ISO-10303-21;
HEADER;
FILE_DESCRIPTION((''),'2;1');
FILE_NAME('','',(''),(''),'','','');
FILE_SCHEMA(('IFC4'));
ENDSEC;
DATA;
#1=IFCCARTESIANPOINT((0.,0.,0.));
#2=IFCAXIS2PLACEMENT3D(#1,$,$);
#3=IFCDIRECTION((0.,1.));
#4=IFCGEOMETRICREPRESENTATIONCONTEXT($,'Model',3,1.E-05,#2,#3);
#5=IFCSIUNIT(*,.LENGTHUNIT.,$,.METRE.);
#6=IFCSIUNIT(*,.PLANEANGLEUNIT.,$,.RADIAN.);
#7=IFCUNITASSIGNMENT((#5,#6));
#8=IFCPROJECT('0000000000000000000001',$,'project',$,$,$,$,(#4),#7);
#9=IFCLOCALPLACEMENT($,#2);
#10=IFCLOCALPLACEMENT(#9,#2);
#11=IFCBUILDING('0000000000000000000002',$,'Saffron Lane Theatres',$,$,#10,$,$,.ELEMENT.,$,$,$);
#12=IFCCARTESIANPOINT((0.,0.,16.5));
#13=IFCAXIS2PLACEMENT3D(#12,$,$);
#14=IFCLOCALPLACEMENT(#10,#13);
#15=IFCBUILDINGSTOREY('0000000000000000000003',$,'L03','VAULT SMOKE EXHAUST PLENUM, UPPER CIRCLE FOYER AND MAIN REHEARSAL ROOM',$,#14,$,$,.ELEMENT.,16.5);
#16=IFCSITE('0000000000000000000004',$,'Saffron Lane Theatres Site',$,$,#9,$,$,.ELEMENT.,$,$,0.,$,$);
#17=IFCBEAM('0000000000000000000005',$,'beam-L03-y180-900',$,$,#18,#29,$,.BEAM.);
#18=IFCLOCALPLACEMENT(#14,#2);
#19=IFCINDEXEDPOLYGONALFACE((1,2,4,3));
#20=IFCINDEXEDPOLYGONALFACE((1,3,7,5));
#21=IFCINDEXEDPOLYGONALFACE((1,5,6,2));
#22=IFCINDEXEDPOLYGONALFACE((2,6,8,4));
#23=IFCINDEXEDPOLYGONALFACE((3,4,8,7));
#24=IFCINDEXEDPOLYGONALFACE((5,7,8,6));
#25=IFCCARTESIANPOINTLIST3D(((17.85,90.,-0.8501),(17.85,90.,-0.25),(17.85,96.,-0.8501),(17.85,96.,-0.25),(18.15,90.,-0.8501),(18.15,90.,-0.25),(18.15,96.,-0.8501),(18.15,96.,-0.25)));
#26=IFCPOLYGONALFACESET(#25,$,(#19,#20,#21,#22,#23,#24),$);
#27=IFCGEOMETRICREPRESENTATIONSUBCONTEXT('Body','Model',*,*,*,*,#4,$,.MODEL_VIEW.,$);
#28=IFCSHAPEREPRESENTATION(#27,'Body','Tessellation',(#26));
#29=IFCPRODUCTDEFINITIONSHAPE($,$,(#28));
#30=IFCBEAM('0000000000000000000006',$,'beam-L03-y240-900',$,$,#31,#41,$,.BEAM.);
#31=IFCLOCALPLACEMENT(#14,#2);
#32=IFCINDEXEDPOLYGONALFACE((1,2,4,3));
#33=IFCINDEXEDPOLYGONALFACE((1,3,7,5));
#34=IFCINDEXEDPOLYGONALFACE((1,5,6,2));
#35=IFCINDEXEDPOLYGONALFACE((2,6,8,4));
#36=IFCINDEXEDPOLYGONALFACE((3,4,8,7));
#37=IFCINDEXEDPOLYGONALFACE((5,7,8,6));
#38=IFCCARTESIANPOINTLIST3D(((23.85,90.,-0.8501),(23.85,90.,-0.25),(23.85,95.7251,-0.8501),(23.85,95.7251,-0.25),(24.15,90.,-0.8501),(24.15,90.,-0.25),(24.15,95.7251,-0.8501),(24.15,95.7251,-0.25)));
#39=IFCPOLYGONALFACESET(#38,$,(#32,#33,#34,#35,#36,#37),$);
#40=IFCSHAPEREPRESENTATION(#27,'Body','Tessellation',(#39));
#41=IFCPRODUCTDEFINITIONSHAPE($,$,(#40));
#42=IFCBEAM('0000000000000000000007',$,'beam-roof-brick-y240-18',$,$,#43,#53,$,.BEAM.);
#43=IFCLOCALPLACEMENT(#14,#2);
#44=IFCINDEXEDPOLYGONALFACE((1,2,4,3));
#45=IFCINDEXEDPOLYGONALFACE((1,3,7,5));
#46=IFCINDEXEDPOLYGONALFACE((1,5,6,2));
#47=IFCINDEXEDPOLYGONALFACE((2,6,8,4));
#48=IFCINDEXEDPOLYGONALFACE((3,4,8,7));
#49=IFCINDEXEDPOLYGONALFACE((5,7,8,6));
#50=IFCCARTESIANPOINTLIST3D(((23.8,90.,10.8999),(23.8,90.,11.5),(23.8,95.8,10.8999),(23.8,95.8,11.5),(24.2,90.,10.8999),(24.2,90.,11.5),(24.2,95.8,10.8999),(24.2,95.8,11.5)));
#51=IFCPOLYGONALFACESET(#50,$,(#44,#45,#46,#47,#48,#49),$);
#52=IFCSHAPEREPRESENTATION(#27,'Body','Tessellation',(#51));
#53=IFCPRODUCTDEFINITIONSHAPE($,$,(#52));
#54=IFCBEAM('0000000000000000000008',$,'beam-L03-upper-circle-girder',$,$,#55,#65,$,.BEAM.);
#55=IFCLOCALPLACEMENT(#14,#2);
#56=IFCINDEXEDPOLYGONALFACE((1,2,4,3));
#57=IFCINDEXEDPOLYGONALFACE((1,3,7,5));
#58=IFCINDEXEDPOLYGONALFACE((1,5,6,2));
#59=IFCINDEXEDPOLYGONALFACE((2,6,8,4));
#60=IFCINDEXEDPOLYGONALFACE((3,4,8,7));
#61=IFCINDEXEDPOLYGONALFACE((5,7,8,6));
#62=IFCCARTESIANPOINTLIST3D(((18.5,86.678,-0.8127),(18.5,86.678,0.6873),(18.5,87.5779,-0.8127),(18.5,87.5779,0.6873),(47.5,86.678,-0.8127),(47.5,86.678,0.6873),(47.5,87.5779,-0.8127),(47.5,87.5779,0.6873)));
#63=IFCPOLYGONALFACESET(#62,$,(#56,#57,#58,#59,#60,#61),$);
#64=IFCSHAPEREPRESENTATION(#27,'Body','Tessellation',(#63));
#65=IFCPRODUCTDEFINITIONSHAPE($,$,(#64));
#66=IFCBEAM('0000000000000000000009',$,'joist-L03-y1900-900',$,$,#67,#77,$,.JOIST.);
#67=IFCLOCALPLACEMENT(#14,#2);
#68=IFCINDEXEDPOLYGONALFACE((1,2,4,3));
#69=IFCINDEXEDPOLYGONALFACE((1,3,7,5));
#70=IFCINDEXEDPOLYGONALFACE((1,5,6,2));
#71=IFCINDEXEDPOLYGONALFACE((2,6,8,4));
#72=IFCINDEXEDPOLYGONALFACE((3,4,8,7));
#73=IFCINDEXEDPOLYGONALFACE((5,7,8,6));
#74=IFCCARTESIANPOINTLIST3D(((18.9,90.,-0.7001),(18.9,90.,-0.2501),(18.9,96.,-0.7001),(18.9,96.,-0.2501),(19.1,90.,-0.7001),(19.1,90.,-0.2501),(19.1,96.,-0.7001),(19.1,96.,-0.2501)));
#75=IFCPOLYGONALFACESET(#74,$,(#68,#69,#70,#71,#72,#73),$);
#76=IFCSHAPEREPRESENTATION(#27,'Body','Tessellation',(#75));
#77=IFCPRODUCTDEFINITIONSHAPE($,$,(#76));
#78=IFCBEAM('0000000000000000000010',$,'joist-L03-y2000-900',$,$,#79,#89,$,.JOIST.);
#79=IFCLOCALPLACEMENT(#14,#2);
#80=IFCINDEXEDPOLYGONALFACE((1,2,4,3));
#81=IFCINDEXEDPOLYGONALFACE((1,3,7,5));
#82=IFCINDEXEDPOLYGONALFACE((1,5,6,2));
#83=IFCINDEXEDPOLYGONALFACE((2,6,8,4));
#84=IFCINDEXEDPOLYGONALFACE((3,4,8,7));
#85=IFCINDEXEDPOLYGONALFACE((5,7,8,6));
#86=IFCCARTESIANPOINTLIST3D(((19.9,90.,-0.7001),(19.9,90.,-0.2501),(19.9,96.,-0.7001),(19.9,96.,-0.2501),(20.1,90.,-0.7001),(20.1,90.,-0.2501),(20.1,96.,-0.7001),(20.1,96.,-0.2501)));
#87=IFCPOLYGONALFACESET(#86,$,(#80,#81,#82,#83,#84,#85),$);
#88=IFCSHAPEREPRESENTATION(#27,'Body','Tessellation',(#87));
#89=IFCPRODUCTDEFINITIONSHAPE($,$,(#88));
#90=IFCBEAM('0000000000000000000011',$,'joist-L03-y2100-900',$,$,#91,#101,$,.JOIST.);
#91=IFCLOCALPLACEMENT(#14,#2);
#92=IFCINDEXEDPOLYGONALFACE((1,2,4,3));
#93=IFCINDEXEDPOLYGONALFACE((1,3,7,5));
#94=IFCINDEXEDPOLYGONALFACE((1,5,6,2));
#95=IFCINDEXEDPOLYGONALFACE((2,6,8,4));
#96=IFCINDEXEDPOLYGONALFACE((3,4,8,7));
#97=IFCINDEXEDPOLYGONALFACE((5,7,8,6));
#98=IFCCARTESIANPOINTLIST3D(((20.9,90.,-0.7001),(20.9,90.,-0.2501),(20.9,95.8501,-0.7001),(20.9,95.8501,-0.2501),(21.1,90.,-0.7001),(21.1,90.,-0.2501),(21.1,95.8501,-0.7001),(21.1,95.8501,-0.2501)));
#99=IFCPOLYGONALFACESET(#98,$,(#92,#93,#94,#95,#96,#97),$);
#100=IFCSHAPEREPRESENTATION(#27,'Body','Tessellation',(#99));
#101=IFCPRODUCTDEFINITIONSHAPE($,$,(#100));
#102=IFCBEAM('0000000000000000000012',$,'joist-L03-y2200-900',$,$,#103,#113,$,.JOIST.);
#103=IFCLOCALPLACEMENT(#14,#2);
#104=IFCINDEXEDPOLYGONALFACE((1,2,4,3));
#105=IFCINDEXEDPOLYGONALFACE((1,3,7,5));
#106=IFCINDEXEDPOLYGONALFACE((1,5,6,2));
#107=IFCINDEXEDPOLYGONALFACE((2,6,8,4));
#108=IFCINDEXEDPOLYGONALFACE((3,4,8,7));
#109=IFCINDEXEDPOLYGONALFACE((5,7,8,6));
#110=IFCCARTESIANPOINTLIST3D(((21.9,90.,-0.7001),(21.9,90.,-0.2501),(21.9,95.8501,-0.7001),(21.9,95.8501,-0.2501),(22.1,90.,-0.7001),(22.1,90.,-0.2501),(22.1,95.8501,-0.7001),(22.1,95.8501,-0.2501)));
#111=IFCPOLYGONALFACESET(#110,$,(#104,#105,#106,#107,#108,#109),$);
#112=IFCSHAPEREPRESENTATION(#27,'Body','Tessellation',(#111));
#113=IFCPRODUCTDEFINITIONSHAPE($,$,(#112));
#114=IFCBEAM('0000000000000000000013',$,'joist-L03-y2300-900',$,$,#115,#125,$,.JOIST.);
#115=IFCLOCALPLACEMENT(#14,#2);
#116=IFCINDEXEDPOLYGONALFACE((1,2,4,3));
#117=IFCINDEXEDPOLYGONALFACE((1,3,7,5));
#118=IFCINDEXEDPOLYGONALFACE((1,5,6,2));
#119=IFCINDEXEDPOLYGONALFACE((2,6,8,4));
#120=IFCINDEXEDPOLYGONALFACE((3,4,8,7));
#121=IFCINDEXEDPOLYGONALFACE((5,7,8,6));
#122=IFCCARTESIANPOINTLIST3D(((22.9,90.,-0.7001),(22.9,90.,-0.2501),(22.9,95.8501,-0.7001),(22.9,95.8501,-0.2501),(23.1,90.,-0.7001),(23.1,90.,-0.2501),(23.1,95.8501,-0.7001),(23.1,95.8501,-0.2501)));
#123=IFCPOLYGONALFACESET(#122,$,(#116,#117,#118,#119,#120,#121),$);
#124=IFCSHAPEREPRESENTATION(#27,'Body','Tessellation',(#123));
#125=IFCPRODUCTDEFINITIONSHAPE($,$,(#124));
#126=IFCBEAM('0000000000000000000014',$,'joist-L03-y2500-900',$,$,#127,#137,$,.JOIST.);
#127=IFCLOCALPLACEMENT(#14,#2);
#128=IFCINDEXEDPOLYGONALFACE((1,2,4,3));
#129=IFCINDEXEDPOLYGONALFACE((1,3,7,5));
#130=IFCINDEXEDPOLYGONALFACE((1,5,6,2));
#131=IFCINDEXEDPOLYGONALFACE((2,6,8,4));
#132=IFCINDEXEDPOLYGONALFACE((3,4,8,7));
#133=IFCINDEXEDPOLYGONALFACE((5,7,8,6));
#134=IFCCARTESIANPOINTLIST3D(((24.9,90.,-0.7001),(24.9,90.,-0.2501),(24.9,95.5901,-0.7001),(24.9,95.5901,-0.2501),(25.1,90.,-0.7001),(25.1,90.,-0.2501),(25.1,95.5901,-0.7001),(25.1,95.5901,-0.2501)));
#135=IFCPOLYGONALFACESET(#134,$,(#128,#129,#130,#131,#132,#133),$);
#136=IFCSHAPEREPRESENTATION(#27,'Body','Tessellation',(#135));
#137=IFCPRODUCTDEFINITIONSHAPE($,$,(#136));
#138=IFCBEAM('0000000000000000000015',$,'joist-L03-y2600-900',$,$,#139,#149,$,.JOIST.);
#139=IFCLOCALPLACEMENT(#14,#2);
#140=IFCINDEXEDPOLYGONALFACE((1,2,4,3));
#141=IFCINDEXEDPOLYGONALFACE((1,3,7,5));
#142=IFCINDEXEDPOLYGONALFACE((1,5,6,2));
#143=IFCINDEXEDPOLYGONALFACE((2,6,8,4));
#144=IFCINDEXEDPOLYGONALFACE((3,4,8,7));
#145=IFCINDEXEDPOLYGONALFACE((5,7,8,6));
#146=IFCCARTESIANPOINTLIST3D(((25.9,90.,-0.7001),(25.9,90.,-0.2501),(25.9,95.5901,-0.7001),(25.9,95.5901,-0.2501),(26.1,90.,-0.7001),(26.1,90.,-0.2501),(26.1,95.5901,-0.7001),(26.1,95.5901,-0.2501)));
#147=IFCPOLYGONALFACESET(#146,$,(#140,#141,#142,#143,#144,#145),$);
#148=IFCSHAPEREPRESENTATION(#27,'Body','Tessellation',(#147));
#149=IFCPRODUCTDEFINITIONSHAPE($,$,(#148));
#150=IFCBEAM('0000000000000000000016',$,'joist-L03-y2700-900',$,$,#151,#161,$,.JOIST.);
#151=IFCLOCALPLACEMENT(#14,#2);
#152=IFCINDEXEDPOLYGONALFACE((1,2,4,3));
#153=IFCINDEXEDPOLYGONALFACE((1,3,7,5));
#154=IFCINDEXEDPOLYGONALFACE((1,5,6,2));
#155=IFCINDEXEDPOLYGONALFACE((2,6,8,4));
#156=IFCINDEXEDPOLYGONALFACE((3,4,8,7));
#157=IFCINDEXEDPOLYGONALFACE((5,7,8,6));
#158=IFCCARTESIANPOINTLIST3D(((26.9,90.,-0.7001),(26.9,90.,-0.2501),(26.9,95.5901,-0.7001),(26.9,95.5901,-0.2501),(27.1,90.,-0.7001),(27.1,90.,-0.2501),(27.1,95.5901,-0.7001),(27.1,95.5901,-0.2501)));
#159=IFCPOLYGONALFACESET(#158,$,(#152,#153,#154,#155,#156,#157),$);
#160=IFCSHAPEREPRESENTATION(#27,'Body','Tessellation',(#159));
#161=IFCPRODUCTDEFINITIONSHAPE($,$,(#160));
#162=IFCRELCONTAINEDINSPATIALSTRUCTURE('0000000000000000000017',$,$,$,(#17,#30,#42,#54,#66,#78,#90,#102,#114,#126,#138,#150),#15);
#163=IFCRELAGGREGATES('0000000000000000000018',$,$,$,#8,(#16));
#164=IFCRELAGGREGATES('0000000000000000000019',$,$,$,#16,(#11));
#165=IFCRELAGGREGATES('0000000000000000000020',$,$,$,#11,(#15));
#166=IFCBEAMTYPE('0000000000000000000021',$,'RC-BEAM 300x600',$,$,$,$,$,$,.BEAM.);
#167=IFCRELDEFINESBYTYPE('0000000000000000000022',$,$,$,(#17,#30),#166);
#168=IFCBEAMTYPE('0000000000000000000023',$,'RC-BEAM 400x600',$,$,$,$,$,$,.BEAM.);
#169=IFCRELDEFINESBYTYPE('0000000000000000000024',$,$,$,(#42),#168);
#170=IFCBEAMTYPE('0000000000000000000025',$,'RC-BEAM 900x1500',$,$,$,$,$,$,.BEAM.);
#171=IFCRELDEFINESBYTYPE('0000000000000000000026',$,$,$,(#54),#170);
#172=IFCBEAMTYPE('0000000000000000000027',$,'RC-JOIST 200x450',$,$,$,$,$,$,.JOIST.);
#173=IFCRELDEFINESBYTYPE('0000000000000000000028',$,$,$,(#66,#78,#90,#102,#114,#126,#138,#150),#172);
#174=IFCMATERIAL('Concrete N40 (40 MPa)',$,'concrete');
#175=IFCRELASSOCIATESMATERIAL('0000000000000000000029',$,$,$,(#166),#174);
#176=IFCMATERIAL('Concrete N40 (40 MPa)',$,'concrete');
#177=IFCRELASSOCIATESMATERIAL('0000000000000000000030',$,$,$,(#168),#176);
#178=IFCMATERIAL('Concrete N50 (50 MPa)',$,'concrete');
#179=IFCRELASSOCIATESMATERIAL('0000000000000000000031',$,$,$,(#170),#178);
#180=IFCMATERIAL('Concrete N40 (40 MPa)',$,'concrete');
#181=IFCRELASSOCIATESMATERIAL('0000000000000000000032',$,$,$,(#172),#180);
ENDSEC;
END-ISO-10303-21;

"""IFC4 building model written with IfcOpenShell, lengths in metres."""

from ifc_helpers import new_model, si_unit, direction, frame, origin, origin_2d, place, context, subcontext, project, spatial, rectangle, extrude, material, material_profile, profile_set, type_object, element, save


model = new_model("IFC4")

# Units and contexts
model_context = context("Model", 3, precision=1e-05, world=origin(), true_north=direction((0.0, 1.0)))
body_context = subcontext(model_context, "Body", "Model", "MODEL_VIEW")
ifc_project = project(units=[si_unit("LENGTHUNIT", "METRE"), si_unit("PLANEANGLEUNIT", "RADIAN")], contexts=[model_context])

# Site, building, storey
site_placement = place(None, origin())
site = spatial("IfcSite", under=ifc_project, at=site_placement, Name="Saffron Lane Theatres Site", CompositionType="ELEMENT", RefElevation=0.0)
building_placement = place(site_placement, origin())
building = spatial("IfcBuilding", under=site, at=building_placement, Name="Saffron Lane Theatres", CompositionType="ELEMENT")
storey_placement = place(building_placement, frame((0.0, 0.0, 16.5)))
storey = spatial("IfcBuildingStorey", under=building, at=storey_placement, Name="L03", Description="VAULT SMOKE EXHAUST PLENUM, UPPER CIRCLE FOYER AND MAIN REHEARSAL ROOM", CompositionType="ELEMENT", Elevation=16.5)

# Beams
ifc_material_1 = material(Name="Concrete N40 (40 MPa)", Category="concrete")
ifc_material_profile_1 = material_profile(ifc_material_1, rectangle(XDim=0.3, YDim=0.6001, at=origin_2d()))
ifc_profile_set_1 = profile_set([ifc_material_profile_1], Name="Concrete N40 (40 MPa)")
beam_type_1 = type_object("IfcBeamType", Name="RC-BEAM 300x600", PredefinedType="BEAM", material=ifc_profile_set_1)
beam_1_placement = place(storey_placement, frame((18.0, 90.0, -0.55), z_axis=(0.0, 1.0, 0.0), x_axis=(-1.0, 0.0, 0.0)))
element("IfcBeam", 1, at=beam_1_placement, inside=storey, type_object=beam_type_1, Name="beam-L03-y180-900", PredefinedType="BEAM", context=body_context, shape_type="SweptSolid", body=[
    extrude(rectangle(XDim=0.3, YDim=0.6001, at=origin_2d()), origin(), (0.0, 0.0, 1.0), 6.0),
])
beam_2_placement = place(storey_placement, frame((24.0, 90.0, -0.55), z_axis=(0.0, 1.0, 0.0), x_axis=(-1.0, 0.0, 0.0)))
element("IfcBeam", 2, at=beam_2_placement, inside=storey, type_object=beam_type_1, Name="beam-L03-y240-900", PredefinedType="BEAM", context=body_context, shape_type="SweptSolid", body=[
    extrude(rectangle(XDim=0.3, YDim=0.6001, at=origin_2d()), origin(), (0.0, 0.0, 1.0), 5.7251),
])
ifc_material_2 = material(Name="Concrete N40 (40 MPa)", Category="concrete")
ifc_material_profile_2 = material_profile(ifc_material_2, rectangle(XDim=0.3999, YDim=0.6001, at=origin_2d()))
ifc_profile_set_2 = profile_set([ifc_material_profile_2], Name="Concrete N40 (40 MPa)")
beam_type_2 = type_object("IfcBeamType", Name="RC-BEAM 400x600", PredefinedType="BEAM", material=ifc_profile_set_2)
beam_3_placement = place(storey_placement, frame((24.0, 90.0, 11.2), z_axis=(0.0, 1.0, 0.0), x_axis=(-1.0, 0.0, 0.0)))
element("IfcBeam", 3, at=beam_3_placement, inside=storey, type_object=beam_type_2, Name="beam-roof-brick-y240-18", PredefinedType="BEAM", context=body_context, shape_type="SweptSolid", body=[
    extrude(rectangle(XDim=0.3999, YDim=0.6001, at=origin_2d()), origin(), (0.0, 0.0, 1.0), 5.8),
])
ifc_material_3 = material(Name="Concrete N50 (50 MPa)", Category="concrete")
ifc_material_profile_3 = material_profile(ifc_material_3, rectangle(XDim=0.8999, YDim=1.5, at=origin_2d()))
ifc_profile_set_3 = profile_set([ifc_material_profile_3], Name="Concrete N50 (50 MPa)")
beam_type_3 = type_object("IfcBeamType", Name="RC-BEAM 900x1500", PredefinedType="BEAM", material=ifc_profile_set_3)
beam_4_placement = place(storey_placement, frame((18.5, 87.1279, -0.0627), z_axis=(1.0, 0.0, 0.0), x_axis=(0.0, 1.0, 0.0)))
element("IfcBeam", 4, at=beam_4_placement, inside=storey, type_object=beam_type_3, Name="beam-L03-upper-circle-girder", PredefinedType="BEAM", context=body_context, shape_type="SweptSolid", body=[
    extrude(rectangle(XDim=0.8999, YDim=1.5, at=origin_2d()), origin(), (0.0, 0.0, 1.0), 29.0),
])
ifc_material_4 = material(Name="Concrete N40 (40 MPa)", Category="concrete")
ifc_material_profile_4 = material_profile(ifc_material_4, rectangle(XDim=0.2, YDim=0.45, at=origin_2d()))
ifc_profile_set_4 = profile_set([ifc_material_profile_4], Name="Concrete N40 (40 MPa)")
beam_type_4 = type_object("IfcBeamType", Name="RC-JOIST 200x450", PredefinedType="JOIST", material=ifc_profile_set_4)
for number, where, z_axis, x_axis, name in (
    (5, (19.0, 90.0, -0.4751), (0.0, 1.0, 0.0), (-1.0, 0.0, 0.0), "joist-L03-y1900-900"),
    (6, (20.0, 90.0, -0.4751), (0.0, 1.0, 0.0), (-1.0, 0.0, 0.0), "joist-L03-y2000-900"),
):
    element("IfcBeam", number, at=place(storey_placement, frame(where, z_axis=z_axis, x_axis=x_axis)), inside=storey, type_object=beam_type_4, Name=name, PredefinedType="JOIST", context=body_context, shape_type="SweptSolid", body=[
        extrude(rectangle(XDim=0.2, YDim=0.45, at=origin_2d()), origin(), (0.0, 0.0, 1.0), 6.0),
    ])
for number, where, z_axis, x_axis, name in (
    (7, (21.0, 90.0, -0.4751), (0.0, 1.0, 0.0), (-1.0, 0.0, 0.0), "joist-L03-y2100-900"),
    (8, (22.0, 90.0, -0.4751), (0.0, 1.0, 0.0), (-1.0, 0.0, 0.0), "joist-L03-y2200-900"),
    (9, (23.0, 90.0, -0.4751), (0.0, 1.0, 0.0), (-1.0, 0.0, 0.0), "joist-L03-y2300-900"),
):
    element("IfcBeam", number, at=place(storey_placement, frame(where, z_axis=z_axis, x_axis=x_axis)), inside=storey, type_object=beam_type_4, Name=name, PredefinedType="JOIST", context=body_context, shape_type="SweptSolid", body=[
        extrude(rectangle(XDim=0.2, YDim=0.45, at=origin_2d()), origin(), (0.0, 0.0, 1.0), 5.8501),
    ])
for number, where, z_axis, x_axis, name in (
    (10, (25.0, 90.0, -0.4751), (0.0, 1.0, 0.0), (-1.0, 0.0, 0.0), "joist-L03-y2500-900"),
    (11, (26.0, 90.0, -0.4751), (0.0, 1.0, 0.0), (-1.0, 0.0, 0.0), "joist-L03-y2600-900"),
    (12, (27.0, 90.0, -0.4751), (0.0, 1.0, 0.0), (-1.0, 0.0, 0.0), "joist-L03-y2700-900"),
):
    element("IfcBeam", number, at=place(storey_placement, frame(where, z_axis=z_axis, x_axis=x_axis)), inside=storey, type_object=beam_type_4, Name=name, PredefinedType="JOIST", context=body_context, shape_type="SweptSolid", body=[
        extrude(rectangle(XDim=0.2, YDim=0.45, at=origin_2d()), origin(), (0.0, 0.0, 1.0), 5.5901),
    ])

save(model, "model.ifc")
